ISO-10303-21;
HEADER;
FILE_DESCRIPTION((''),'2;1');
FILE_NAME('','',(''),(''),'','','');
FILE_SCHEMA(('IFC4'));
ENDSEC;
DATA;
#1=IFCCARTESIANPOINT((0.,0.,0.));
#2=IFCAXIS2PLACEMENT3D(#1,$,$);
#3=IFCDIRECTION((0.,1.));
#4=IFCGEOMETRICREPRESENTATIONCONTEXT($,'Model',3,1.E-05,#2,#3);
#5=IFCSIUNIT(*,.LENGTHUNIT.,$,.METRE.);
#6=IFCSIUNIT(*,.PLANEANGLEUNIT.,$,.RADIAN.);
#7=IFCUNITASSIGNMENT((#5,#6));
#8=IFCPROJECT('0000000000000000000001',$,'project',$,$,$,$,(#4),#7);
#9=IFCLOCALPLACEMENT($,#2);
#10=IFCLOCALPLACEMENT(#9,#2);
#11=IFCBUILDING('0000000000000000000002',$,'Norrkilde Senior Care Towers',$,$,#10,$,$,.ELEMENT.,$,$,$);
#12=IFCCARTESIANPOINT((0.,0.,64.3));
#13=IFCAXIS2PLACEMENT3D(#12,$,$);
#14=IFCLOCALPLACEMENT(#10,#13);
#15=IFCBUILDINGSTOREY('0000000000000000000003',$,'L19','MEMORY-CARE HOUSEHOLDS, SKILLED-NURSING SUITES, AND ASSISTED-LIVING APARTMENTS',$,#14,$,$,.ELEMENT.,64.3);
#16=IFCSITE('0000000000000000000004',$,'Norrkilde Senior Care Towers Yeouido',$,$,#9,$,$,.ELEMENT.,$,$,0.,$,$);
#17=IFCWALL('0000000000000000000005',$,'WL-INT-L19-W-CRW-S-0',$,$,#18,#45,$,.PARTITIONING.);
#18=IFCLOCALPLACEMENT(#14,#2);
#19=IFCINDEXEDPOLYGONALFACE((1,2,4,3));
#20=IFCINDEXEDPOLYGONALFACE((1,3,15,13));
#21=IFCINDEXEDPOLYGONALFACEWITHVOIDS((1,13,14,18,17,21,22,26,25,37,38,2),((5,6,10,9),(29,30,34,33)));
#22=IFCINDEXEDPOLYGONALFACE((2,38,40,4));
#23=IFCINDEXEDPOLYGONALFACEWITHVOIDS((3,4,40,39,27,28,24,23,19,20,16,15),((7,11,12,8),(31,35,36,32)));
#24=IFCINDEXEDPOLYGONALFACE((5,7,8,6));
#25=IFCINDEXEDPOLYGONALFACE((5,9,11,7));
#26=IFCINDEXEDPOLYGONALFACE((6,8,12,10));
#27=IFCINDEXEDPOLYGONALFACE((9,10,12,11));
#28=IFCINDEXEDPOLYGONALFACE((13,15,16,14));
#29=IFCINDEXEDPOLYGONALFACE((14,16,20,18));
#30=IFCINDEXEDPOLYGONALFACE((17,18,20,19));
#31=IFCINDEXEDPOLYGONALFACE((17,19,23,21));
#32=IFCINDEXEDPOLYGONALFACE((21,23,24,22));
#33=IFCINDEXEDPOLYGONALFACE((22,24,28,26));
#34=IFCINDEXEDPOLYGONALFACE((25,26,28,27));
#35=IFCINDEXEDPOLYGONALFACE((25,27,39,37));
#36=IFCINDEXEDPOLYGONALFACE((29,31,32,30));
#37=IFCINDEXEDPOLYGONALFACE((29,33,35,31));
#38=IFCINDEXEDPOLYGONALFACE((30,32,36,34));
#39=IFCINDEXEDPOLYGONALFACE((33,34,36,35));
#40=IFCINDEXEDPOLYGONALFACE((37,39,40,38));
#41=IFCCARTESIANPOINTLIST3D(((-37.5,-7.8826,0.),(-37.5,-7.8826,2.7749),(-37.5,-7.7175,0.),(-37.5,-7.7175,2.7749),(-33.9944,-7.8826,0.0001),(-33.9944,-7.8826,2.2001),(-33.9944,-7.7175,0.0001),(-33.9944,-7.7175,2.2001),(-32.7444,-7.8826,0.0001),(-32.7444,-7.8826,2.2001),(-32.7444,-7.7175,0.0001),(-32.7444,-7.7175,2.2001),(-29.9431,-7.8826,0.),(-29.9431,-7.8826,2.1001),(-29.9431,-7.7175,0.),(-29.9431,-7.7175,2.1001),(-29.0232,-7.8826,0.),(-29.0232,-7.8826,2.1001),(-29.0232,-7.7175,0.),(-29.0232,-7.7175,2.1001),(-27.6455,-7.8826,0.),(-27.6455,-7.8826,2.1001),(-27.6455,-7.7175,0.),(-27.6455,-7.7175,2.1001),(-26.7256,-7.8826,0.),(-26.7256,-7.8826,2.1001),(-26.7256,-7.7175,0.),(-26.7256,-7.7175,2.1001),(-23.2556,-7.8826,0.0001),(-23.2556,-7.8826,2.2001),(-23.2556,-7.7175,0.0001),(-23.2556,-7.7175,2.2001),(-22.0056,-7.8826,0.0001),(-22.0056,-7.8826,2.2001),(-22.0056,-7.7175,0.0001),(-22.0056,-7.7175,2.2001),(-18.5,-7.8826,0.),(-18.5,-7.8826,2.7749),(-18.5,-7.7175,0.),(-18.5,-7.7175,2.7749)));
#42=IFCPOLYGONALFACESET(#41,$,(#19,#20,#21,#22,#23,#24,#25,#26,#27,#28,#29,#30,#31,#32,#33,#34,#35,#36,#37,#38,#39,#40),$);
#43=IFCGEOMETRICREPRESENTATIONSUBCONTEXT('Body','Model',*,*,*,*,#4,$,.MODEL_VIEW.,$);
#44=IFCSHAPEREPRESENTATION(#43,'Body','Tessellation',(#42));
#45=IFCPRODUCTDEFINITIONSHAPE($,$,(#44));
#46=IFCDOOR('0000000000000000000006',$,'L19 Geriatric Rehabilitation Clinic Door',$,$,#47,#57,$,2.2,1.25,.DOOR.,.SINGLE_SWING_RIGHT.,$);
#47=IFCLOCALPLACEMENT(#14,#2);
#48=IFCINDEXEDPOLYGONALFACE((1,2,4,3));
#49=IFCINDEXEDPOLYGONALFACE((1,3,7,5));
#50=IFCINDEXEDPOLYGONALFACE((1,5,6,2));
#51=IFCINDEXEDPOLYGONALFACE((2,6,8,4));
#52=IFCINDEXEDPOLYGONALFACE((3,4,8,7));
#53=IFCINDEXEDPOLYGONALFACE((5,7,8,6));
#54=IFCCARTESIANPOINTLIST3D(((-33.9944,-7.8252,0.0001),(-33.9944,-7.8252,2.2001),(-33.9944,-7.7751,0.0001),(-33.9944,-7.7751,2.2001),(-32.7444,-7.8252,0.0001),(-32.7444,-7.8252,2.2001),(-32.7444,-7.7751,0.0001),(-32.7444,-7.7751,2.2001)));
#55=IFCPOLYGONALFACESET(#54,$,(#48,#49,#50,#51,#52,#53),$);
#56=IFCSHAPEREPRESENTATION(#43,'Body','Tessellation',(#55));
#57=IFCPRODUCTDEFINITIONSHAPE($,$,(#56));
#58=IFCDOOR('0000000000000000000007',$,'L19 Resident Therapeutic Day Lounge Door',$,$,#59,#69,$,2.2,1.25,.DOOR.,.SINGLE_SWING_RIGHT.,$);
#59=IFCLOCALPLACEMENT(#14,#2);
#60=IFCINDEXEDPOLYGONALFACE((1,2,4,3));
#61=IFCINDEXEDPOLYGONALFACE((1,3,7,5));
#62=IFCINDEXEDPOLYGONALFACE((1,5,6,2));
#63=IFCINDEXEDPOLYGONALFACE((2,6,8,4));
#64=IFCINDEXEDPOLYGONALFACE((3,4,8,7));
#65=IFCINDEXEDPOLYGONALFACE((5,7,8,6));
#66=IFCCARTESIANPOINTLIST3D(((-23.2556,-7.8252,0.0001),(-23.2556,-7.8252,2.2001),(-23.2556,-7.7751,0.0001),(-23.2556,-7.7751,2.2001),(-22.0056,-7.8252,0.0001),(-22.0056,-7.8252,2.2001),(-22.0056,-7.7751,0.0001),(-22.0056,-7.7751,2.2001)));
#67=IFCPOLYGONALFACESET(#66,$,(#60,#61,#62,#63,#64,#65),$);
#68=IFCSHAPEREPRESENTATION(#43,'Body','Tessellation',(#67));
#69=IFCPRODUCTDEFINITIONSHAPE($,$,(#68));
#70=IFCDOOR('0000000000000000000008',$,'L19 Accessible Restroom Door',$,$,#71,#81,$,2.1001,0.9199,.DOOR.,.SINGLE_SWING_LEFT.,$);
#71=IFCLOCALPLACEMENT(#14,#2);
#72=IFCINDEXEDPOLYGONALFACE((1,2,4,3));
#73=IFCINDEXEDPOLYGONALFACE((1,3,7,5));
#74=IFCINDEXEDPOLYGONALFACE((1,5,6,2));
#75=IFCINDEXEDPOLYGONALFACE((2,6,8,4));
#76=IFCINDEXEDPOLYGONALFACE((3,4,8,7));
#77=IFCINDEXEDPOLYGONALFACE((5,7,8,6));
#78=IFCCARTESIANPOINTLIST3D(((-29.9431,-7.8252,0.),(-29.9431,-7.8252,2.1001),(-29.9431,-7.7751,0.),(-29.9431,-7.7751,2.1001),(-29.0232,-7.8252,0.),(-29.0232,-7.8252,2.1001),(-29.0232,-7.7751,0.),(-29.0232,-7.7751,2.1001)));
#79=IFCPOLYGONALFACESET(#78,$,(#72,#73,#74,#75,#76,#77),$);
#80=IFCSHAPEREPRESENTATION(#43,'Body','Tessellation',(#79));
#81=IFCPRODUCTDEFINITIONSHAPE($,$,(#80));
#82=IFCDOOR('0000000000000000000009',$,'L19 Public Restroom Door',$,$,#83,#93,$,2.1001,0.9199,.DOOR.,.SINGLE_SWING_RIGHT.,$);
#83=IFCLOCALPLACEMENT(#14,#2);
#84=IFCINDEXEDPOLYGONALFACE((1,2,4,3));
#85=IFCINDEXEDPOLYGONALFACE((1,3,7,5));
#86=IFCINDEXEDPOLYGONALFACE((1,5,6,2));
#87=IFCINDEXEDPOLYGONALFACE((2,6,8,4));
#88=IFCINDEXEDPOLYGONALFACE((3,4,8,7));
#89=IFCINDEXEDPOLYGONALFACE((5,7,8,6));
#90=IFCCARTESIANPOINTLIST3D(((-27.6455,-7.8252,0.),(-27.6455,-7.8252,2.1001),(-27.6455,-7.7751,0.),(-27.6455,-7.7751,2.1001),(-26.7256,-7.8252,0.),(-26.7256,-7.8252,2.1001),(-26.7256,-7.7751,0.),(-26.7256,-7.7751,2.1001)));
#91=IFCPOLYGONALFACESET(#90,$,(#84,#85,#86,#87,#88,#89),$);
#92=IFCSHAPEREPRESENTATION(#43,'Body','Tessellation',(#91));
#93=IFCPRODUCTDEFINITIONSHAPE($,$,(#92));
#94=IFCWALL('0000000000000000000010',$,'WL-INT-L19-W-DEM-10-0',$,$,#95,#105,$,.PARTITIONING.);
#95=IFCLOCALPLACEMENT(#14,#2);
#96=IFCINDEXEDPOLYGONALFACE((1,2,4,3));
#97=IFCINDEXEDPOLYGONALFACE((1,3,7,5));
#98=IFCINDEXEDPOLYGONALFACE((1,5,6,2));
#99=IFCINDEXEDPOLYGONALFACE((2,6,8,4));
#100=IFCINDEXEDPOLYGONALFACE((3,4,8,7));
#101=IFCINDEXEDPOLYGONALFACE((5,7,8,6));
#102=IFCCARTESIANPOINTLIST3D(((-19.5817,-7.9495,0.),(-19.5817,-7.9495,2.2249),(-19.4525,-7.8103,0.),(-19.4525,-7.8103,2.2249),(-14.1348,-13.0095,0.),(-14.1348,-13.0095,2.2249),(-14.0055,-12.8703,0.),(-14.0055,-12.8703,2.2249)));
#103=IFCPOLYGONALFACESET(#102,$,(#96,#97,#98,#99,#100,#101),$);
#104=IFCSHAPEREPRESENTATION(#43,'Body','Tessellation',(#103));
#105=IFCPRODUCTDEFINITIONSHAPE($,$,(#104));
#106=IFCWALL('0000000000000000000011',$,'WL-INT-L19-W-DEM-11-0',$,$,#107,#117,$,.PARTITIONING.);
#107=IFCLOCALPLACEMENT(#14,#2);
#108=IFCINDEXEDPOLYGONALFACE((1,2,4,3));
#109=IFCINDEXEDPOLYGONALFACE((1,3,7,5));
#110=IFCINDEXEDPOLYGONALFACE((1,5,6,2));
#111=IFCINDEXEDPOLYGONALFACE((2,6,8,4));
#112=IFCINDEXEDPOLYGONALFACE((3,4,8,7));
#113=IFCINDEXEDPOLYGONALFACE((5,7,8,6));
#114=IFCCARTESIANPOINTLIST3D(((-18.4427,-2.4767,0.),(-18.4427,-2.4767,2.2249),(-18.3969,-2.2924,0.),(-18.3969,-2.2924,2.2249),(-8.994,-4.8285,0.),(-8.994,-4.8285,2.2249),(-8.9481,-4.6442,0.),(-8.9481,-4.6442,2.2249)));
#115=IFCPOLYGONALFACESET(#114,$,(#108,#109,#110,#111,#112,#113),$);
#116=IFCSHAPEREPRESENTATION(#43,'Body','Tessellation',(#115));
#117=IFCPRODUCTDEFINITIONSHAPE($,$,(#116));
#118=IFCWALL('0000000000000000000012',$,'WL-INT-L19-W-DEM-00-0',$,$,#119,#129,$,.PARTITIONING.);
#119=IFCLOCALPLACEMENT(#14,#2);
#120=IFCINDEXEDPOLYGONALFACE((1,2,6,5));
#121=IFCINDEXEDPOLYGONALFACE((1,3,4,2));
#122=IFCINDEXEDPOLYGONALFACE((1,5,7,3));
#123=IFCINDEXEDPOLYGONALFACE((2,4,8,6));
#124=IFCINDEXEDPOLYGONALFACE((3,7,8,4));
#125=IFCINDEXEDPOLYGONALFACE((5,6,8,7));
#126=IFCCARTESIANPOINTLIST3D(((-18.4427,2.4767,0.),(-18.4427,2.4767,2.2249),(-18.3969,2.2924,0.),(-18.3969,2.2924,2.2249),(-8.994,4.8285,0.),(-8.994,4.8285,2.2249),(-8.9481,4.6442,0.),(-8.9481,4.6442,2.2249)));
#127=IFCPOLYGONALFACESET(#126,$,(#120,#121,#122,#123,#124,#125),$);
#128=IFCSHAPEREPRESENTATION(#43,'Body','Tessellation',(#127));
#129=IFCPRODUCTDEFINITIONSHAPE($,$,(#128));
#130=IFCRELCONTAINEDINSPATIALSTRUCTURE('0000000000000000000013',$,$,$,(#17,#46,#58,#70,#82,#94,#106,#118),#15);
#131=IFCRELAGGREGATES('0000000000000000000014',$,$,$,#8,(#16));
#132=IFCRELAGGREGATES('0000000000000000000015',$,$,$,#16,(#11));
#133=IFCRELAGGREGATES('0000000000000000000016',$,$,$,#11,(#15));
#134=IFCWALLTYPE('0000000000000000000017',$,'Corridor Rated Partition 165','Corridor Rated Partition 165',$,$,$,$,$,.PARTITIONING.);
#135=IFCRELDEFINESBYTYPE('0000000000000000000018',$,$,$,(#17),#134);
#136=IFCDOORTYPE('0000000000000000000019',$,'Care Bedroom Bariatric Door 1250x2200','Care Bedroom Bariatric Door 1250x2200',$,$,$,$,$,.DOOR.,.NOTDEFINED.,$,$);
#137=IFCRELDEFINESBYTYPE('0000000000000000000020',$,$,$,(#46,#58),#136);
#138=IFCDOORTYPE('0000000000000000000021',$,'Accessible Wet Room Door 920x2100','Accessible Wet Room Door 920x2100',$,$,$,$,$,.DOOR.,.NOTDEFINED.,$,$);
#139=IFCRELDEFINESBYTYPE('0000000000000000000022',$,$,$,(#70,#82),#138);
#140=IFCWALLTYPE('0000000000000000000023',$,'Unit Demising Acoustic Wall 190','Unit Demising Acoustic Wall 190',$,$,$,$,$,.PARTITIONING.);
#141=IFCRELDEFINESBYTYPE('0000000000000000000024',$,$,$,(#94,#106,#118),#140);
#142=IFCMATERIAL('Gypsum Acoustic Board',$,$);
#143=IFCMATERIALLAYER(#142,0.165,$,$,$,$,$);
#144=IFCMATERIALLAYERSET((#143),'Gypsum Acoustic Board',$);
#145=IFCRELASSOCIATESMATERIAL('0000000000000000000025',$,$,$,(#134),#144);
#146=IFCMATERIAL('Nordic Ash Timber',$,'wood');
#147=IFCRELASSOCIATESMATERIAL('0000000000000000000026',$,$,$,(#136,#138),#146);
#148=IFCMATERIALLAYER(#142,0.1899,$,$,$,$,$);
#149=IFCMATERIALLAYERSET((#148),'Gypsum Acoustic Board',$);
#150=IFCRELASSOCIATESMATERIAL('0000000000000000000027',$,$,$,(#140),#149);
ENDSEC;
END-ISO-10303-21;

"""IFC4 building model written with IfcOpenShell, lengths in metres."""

from ifc_helpers import new_model, si_unit, direction, frame, frame_2d, origin, place, context, subcontext, project, spatial, rectangle, extrude, source, transform, mapped, material, layer, layer_set, type_object, type_shapes, element, fill, save


model = new_model("IFC4")

# Units and contexts
model_context = context("Model", 3, precision=1e-05, world=origin(), true_north=direction((0.0, 1.0)))
body_context = subcontext(model_context, "Body", "Model", "MODEL_VIEW")
ifc_project = project(units=[si_unit("LENGTHUNIT", "METRE"), si_unit("PLANEANGLEUNIT", "RADIAN")], contexts=[model_context])

# Site, building, storey
site_placement = place(None, origin())
site = spatial("IfcSite", under=ifc_project, at=site_placement, Name="Norrkilde Senior Care Towers Yeouido", CompositionType="ELEMENT", RefElevation=0.0)
building_placement = place(site_placement, origin())
building = spatial("IfcBuilding", under=site, at=building_placement, Name="Norrkilde Senior Care Towers", CompositionType="ELEMENT")
storey_placement = place(building_placement, frame((0.0, 0.0, 64.3)))
storey = spatial("IfcBuildingStorey", under=building, at=storey_placement, Name="L19", Description="MEMORY-CARE HOUSEHOLDS, SKILLED-NURSING SUITES, AND ASSISTED-LIVING APARTMENTS", CompositionType="ELEMENT", Elevation=64.3)

# Wall, openings, doors
ifc_material_1 = material(Name="Gypsum Acoustic Board")
ifc_layer_1 = layer(ifc_material_1, 0.165)
ifc_layer_set_1 = layer_set([ifc_layer_1], Name="Gypsum Acoustic Board")
wall_type_1 = type_object("IfcWallType", Name="Corridor Rated Partition 165", Description="Corridor Rated Partition 165", PredefinedType="PARTITIONING", material=ifc_layer_set_1)
shared_shape_1 = source(origin(), body_context, "Body", "SweptSolid", [
    extrude(rectangle(XDim=19.0, YDim=0.165, at=frame_2d((9.5, 0.0))), origin(), (0.0, 0.0, 1.0), 2.7749),
])
type_shapes(wall_type_1, [shared_shape_1])
wall_1_placement = place(storey_placement, frame((-18.5, -7.8, 0.0), z_axis=(0.0, 0.0, 1.0), x_axis=(-1.0, 0.0, 0.0)))
wall_1 = element("IfcWall", 1, at=wall_1_placement, inside=storey, type_object=wall_type_1, Name="WL-INT-L19-W-CRW-S-0", PredefinedType="PARTITIONING", context=body_context, shape_type="MappedRepresentation", body=[
    mapped(shared_shape_1, transform((0.0, 0.0, 0.0), x_axis=(1.0, 0.0, 0.0), y_axis=(0.0, 1.0, 0.0), z_axis=(0.0, 0.0, 1.0), scale=1.0)),
])
opening_1_placement = place(wall_1_placement, frame((14.2444, 0.0, 0.0)))
opening_1 = element("IfcOpeningElement", 2, at=opening_1_placement, cuts=wall_1, PredefinedType="OPENING", context=body_context, shape_type="SweptSolid", body=[
    extrude(rectangle(XDim=1.25, YDim=2.2, at=frame_2d((0.625, 1.1001))), frame((0.0, 0.0925, 0.0), z_axis=(0.0, -1.0, 0.0), x_axis=(1.0, 0.0, 0.0)), (0.0, 0.0, 1.0), 0.1851),
])
opening_2_placement = place(wall_1_placement, frame((10.5232, 0.0, 0.0)))
opening_2 = element("IfcOpeningElement", 3, at=opening_2_placement, cuts=wall_1, PredefinedType="OPENING", context=body_context, shape_type="SweptSolid", body=[
    extrude(rectangle(XDim=0.9199, YDim=2.1001, at=frame_2d((0.46, 1.05))), frame((0.0, 0.0925, 0.0), z_axis=(0.0, -1.0, 0.0), x_axis=(1.0, 0.0, 0.0)), (0.0, 0.0, 1.0), 0.1851),
])
opening_3_placement = place(wall_1_placement, frame((8.2256, 0.0, 0.0)))
opening_3 = element("IfcOpeningElement", 4, at=opening_3_placement, cuts=wall_1, PredefinedType="OPENING", context=body_context, shape_type="SweptSolid", body=[
    extrude(rectangle(XDim=0.9199, YDim=2.1001, at=frame_2d((0.46, 1.05))), frame((0.0, 0.0925, 0.0), z_axis=(0.0, -1.0, 0.0), x_axis=(1.0, 0.0, 0.0)), (0.0, 0.0, 1.0), 0.1851),
])
opening_4_placement = place(wall_1_placement, frame((3.5056, 0.0, 0.0)))
opening_4 = element("IfcOpeningElement", 5, at=opening_4_placement, cuts=wall_1, PredefinedType="OPENING", context=body_context, shape_type="SweptSolid", body=[
    extrude(rectangle(XDim=1.25, YDim=2.2, at=frame_2d((0.625, 1.1001))), frame((0.0, 0.0925, 0.0), z_axis=(0.0, -1.0, 0.0), x_axis=(1.0, 0.0, 0.0)), (0.0, 0.0, 1.0), 0.1851),
])
ifc_material_2 = material(Name="Nordic Ash Timber", Category="wood")
door_type_1 = type_object("IfcDoorType", Name="Care Bedroom Bariatric Door 1250x2200", Description="Care Bedroom Bariatric Door 1250x2200", OperationType="NOTDEFINED", PredefinedType="DOOR", material=ifc_material_2)
shared_shape_2 = source(origin(), body_context, "Body", "SweptSolid", [
    extrude(rectangle(XDim=1.25, YDim=2.2, at=frame_2d((0.625, 1.1001))), frame((0.0, 0.0249, 0.0), z_axis=(0.0, -1.0, 0.0), x_axis=(1.0, 0.0, 0.0)), (0.0, 0.0, 1.0), 0.05),
])
type_shapes(door_type_1, [shared_shape_2])
door_1_placement = place(opening_1_placement, frame((1.25, 0.0, 0.0), z_axis=(0.0, 0.0, 1.0), x_axis=(-1.0, 0.0, 0.0)))
door_1 = element("IfcDoor", 6, at=door_1_placement, inside=storey, type_object=door_type_1, Name="L19 Geriatric Rehabilitation Clinic Door", OperationType="SINGLE_SWING_RIGHT", OverallHeight=2.2, OverallWidth=1.25, PredefinedType="DOOR", context=body_context, shape_type="MappedRepresentation", body=[
    mapped(shared_shape_2, transform((0.0, 0.0, 0.0), x_axis=(1.0, 0.0, 0.0), y_axis=(0.0, 1.0, 0.0), z_axis=(0.0, 0.0, 1.0), scale=1.0)),
])
fill(opening_1, door_1)
door_2_placement = place(opening_4_placement, frame((1.25, 0.0, 0.0), z_axis=(0.0, 0.0, 1.0), x_axis=(-1.0, 0.0, 0.0)))
door_2 = element("IfcDoor", 7, at=door_2_placement, inside=storey, type_object=door_type_1, Name="L19 Resident Therapeutic Day Lounge Door", OperationType="SINGLE_SWING_RIGHT", OverallHeight=2.2, OverallWidth=1.25, PredefinedType="DOOR", context=body_context, shape_type="MappedRepresentation", body=[
    mapped(shared_shape_2, transform((0.0, 0.0, 0.0), x_axis=(1.0, 0.0, 0.0), y_axis=(0.0, 1.0, 0.0), z_axis=(0.0, 0.0, 1.0), scale=1.0)),
])
fill(opening_4, door_2)
door_type_2 = type_object("IfcDoorType", Name="Accessible Wet Room Door 920x2100", Description="Accessible Wet Room Door 920x2100", OperationType="NOTDEFINED", PredefinedType="DOOR", material=ifc_material_2)
shared_shape_3 = source(origin(), body_context, "Body", "SweptSolid", [
    extrude(rectangle(XDim=0.9199, YDim=2.1001, at=frame_2d((0.46, 1.05))), frame((0.0, 0.0249, 0.0), z_axis=(0.0, -1.0, 0.0), x_axis=(1.0, 0.0, 0.0)), (0.0, 0.0, 1.0), 0.05),
])
type_shapes(door_type_2, [shared_shape_3])
door_3_placement = place(opening_2_placement, frame((0.9199, 0.0, 0.0), z_axis=(0.0, 0.0, 1.0), x_axis=(-1.0, 0.0, 0.0)))
door_3 = element("IfcDoor", 8, at=door_3_placement, inside=storey, type_object=door_type_2, Name="L19 Accessible Restroom Door", OperationType="SINGLE_SWING_LEFT", OverallHeight=2.1001, OverallWidth=0.9199, PredefinedType="DOOR", context=body_context, shape_type="MappedRepresentation", body=[
    mapped(shared_shape_3, transform((0.0, 0.0, 0.0), x_axis=(1.0, 0.0, 0.0), y_axis=(0.0, 1.0, 0.0), z_axis=(0.0, 0.0, 1.0), scale=1.0)),
])
fill(opening_2, door_3)
door_4_placement = place(opening_3_placement, frame((0.9199, 0.0, 0.0), z_axis=(0.0, 0.0, 1.0), x_axis=(-1.0, 0.0, 0.0)))
door_4 = element("IfcDoor", 9, at=door_4_placement, inside=storey, type_object=door_type_2, Name="L19 Public Restroom Door", OperationType="SINGLE_SWING_RIGHT", OverallHeight=2.1001, OverallWidth=0.9199, PredefinedType="DOOR", context=body_context, shape_type="MappedRepresentation", body=[
    mapped(shared_shape_3, transform((0.0, 0.0, 0.0), x_axis=(1.0, 0.0, 0.0), y_axis=(0.0, 1.0, 0.0), z_axis=(0.0, 0.0, 1.0), scale=1.0)),
])
fill(opening_3, door_4)

# Walls
ifc_layer_2 = layer(ifc_material_1, 0.1899)
ifc_layer_set_2 = layer_set([ifc_layer_2], Name="Gypsum Acoustic Board")
wall_type_2 = type_object("IfcWallType", Name="Unit Demising Acoustic Wall 190", Description="Unit Demising Acoustic Wall 190", PredefinedType="PARTITIONING", material=ifc_layer_set_2)
shared_shape_4 = source(origin(), body_context, "Body", "SweptSolid", [
    extrude(rectangle(XDim=7.4346, YDim=0.1899, at=frame_2d((3.7173, 0.0))), origin(), (0.0, 0.0, 1.0), 2.2249),
])
wall_2_placement = place(storey_placement, frame((-19.5171, -7.8799, 0.0), z_axis=(0.0, 0.0, 1.0), x_axis=(0.732652, -0.680603, 0.0)))
element("IfcWall", 10, at=wall_2_placement, inside=storey, type_object=wall_type_2, Name="WL-INT-L19-W-DEM-10-0", PredefinedType="PARTITIONING", context=body_context, shape_type="MappedRepresentation", body=[
    mapped(shared_shape_4, transform((0.0, 0.0, 0.0), x_axis=(1.0, 0.0, 0.0), y_axis=(0.0, 1.0, 0.0), z_axis=(0.0, 0.0, 1.0), scale=1.0)),
])
shared_shape_5 = source(origin(), body_context, "Body", "SweptSolid", [
    extrude(rectangle(XDim=9.7371, YDim=0.1899, at=frame_2d((4.8687, 0.0))), origin(), (0.0, 0.0, 1.0), 2.2249),
])
type_shapes(wall_type_2, [shared_shape_4, shared_shape_5])
for number, where, z_axis, x_axis, name in (
    (11, (-18.4199, -2.3845, 0.0), (0.0, 0.0, 1.0), (0.970393, -0.241533, 0.0), "WL-INT-L19-W-DEM-11-0"),
    (12, (-18.4199, 2.3845, 0.0), (0.0, 0.0, 1.0), (0.970393, 0.241533, 0.0), "WL-INT-L19-W-DEM-00-0"),
):
    element("IfcWall", number, at=place(storey_placement, frame(where, z_axis=z_axis, x_axis=x_axis)), inside=storey, type_object=wall_type_2, Name=name, PredefinedType="PARTITIONING", context=body_context, shape_type="MappedRepresentation", body=[
        mapped(shared_shape_5, transform((0.0, 0.0, 0.0), x_axis=(1.0, 0.0, 0.0), y_axis=(0.0, 1.0, 0.0), z_axis=(0.0, 0.0, 1.0), scale=1.0)),
    ])

save(model, "model.ifc")
